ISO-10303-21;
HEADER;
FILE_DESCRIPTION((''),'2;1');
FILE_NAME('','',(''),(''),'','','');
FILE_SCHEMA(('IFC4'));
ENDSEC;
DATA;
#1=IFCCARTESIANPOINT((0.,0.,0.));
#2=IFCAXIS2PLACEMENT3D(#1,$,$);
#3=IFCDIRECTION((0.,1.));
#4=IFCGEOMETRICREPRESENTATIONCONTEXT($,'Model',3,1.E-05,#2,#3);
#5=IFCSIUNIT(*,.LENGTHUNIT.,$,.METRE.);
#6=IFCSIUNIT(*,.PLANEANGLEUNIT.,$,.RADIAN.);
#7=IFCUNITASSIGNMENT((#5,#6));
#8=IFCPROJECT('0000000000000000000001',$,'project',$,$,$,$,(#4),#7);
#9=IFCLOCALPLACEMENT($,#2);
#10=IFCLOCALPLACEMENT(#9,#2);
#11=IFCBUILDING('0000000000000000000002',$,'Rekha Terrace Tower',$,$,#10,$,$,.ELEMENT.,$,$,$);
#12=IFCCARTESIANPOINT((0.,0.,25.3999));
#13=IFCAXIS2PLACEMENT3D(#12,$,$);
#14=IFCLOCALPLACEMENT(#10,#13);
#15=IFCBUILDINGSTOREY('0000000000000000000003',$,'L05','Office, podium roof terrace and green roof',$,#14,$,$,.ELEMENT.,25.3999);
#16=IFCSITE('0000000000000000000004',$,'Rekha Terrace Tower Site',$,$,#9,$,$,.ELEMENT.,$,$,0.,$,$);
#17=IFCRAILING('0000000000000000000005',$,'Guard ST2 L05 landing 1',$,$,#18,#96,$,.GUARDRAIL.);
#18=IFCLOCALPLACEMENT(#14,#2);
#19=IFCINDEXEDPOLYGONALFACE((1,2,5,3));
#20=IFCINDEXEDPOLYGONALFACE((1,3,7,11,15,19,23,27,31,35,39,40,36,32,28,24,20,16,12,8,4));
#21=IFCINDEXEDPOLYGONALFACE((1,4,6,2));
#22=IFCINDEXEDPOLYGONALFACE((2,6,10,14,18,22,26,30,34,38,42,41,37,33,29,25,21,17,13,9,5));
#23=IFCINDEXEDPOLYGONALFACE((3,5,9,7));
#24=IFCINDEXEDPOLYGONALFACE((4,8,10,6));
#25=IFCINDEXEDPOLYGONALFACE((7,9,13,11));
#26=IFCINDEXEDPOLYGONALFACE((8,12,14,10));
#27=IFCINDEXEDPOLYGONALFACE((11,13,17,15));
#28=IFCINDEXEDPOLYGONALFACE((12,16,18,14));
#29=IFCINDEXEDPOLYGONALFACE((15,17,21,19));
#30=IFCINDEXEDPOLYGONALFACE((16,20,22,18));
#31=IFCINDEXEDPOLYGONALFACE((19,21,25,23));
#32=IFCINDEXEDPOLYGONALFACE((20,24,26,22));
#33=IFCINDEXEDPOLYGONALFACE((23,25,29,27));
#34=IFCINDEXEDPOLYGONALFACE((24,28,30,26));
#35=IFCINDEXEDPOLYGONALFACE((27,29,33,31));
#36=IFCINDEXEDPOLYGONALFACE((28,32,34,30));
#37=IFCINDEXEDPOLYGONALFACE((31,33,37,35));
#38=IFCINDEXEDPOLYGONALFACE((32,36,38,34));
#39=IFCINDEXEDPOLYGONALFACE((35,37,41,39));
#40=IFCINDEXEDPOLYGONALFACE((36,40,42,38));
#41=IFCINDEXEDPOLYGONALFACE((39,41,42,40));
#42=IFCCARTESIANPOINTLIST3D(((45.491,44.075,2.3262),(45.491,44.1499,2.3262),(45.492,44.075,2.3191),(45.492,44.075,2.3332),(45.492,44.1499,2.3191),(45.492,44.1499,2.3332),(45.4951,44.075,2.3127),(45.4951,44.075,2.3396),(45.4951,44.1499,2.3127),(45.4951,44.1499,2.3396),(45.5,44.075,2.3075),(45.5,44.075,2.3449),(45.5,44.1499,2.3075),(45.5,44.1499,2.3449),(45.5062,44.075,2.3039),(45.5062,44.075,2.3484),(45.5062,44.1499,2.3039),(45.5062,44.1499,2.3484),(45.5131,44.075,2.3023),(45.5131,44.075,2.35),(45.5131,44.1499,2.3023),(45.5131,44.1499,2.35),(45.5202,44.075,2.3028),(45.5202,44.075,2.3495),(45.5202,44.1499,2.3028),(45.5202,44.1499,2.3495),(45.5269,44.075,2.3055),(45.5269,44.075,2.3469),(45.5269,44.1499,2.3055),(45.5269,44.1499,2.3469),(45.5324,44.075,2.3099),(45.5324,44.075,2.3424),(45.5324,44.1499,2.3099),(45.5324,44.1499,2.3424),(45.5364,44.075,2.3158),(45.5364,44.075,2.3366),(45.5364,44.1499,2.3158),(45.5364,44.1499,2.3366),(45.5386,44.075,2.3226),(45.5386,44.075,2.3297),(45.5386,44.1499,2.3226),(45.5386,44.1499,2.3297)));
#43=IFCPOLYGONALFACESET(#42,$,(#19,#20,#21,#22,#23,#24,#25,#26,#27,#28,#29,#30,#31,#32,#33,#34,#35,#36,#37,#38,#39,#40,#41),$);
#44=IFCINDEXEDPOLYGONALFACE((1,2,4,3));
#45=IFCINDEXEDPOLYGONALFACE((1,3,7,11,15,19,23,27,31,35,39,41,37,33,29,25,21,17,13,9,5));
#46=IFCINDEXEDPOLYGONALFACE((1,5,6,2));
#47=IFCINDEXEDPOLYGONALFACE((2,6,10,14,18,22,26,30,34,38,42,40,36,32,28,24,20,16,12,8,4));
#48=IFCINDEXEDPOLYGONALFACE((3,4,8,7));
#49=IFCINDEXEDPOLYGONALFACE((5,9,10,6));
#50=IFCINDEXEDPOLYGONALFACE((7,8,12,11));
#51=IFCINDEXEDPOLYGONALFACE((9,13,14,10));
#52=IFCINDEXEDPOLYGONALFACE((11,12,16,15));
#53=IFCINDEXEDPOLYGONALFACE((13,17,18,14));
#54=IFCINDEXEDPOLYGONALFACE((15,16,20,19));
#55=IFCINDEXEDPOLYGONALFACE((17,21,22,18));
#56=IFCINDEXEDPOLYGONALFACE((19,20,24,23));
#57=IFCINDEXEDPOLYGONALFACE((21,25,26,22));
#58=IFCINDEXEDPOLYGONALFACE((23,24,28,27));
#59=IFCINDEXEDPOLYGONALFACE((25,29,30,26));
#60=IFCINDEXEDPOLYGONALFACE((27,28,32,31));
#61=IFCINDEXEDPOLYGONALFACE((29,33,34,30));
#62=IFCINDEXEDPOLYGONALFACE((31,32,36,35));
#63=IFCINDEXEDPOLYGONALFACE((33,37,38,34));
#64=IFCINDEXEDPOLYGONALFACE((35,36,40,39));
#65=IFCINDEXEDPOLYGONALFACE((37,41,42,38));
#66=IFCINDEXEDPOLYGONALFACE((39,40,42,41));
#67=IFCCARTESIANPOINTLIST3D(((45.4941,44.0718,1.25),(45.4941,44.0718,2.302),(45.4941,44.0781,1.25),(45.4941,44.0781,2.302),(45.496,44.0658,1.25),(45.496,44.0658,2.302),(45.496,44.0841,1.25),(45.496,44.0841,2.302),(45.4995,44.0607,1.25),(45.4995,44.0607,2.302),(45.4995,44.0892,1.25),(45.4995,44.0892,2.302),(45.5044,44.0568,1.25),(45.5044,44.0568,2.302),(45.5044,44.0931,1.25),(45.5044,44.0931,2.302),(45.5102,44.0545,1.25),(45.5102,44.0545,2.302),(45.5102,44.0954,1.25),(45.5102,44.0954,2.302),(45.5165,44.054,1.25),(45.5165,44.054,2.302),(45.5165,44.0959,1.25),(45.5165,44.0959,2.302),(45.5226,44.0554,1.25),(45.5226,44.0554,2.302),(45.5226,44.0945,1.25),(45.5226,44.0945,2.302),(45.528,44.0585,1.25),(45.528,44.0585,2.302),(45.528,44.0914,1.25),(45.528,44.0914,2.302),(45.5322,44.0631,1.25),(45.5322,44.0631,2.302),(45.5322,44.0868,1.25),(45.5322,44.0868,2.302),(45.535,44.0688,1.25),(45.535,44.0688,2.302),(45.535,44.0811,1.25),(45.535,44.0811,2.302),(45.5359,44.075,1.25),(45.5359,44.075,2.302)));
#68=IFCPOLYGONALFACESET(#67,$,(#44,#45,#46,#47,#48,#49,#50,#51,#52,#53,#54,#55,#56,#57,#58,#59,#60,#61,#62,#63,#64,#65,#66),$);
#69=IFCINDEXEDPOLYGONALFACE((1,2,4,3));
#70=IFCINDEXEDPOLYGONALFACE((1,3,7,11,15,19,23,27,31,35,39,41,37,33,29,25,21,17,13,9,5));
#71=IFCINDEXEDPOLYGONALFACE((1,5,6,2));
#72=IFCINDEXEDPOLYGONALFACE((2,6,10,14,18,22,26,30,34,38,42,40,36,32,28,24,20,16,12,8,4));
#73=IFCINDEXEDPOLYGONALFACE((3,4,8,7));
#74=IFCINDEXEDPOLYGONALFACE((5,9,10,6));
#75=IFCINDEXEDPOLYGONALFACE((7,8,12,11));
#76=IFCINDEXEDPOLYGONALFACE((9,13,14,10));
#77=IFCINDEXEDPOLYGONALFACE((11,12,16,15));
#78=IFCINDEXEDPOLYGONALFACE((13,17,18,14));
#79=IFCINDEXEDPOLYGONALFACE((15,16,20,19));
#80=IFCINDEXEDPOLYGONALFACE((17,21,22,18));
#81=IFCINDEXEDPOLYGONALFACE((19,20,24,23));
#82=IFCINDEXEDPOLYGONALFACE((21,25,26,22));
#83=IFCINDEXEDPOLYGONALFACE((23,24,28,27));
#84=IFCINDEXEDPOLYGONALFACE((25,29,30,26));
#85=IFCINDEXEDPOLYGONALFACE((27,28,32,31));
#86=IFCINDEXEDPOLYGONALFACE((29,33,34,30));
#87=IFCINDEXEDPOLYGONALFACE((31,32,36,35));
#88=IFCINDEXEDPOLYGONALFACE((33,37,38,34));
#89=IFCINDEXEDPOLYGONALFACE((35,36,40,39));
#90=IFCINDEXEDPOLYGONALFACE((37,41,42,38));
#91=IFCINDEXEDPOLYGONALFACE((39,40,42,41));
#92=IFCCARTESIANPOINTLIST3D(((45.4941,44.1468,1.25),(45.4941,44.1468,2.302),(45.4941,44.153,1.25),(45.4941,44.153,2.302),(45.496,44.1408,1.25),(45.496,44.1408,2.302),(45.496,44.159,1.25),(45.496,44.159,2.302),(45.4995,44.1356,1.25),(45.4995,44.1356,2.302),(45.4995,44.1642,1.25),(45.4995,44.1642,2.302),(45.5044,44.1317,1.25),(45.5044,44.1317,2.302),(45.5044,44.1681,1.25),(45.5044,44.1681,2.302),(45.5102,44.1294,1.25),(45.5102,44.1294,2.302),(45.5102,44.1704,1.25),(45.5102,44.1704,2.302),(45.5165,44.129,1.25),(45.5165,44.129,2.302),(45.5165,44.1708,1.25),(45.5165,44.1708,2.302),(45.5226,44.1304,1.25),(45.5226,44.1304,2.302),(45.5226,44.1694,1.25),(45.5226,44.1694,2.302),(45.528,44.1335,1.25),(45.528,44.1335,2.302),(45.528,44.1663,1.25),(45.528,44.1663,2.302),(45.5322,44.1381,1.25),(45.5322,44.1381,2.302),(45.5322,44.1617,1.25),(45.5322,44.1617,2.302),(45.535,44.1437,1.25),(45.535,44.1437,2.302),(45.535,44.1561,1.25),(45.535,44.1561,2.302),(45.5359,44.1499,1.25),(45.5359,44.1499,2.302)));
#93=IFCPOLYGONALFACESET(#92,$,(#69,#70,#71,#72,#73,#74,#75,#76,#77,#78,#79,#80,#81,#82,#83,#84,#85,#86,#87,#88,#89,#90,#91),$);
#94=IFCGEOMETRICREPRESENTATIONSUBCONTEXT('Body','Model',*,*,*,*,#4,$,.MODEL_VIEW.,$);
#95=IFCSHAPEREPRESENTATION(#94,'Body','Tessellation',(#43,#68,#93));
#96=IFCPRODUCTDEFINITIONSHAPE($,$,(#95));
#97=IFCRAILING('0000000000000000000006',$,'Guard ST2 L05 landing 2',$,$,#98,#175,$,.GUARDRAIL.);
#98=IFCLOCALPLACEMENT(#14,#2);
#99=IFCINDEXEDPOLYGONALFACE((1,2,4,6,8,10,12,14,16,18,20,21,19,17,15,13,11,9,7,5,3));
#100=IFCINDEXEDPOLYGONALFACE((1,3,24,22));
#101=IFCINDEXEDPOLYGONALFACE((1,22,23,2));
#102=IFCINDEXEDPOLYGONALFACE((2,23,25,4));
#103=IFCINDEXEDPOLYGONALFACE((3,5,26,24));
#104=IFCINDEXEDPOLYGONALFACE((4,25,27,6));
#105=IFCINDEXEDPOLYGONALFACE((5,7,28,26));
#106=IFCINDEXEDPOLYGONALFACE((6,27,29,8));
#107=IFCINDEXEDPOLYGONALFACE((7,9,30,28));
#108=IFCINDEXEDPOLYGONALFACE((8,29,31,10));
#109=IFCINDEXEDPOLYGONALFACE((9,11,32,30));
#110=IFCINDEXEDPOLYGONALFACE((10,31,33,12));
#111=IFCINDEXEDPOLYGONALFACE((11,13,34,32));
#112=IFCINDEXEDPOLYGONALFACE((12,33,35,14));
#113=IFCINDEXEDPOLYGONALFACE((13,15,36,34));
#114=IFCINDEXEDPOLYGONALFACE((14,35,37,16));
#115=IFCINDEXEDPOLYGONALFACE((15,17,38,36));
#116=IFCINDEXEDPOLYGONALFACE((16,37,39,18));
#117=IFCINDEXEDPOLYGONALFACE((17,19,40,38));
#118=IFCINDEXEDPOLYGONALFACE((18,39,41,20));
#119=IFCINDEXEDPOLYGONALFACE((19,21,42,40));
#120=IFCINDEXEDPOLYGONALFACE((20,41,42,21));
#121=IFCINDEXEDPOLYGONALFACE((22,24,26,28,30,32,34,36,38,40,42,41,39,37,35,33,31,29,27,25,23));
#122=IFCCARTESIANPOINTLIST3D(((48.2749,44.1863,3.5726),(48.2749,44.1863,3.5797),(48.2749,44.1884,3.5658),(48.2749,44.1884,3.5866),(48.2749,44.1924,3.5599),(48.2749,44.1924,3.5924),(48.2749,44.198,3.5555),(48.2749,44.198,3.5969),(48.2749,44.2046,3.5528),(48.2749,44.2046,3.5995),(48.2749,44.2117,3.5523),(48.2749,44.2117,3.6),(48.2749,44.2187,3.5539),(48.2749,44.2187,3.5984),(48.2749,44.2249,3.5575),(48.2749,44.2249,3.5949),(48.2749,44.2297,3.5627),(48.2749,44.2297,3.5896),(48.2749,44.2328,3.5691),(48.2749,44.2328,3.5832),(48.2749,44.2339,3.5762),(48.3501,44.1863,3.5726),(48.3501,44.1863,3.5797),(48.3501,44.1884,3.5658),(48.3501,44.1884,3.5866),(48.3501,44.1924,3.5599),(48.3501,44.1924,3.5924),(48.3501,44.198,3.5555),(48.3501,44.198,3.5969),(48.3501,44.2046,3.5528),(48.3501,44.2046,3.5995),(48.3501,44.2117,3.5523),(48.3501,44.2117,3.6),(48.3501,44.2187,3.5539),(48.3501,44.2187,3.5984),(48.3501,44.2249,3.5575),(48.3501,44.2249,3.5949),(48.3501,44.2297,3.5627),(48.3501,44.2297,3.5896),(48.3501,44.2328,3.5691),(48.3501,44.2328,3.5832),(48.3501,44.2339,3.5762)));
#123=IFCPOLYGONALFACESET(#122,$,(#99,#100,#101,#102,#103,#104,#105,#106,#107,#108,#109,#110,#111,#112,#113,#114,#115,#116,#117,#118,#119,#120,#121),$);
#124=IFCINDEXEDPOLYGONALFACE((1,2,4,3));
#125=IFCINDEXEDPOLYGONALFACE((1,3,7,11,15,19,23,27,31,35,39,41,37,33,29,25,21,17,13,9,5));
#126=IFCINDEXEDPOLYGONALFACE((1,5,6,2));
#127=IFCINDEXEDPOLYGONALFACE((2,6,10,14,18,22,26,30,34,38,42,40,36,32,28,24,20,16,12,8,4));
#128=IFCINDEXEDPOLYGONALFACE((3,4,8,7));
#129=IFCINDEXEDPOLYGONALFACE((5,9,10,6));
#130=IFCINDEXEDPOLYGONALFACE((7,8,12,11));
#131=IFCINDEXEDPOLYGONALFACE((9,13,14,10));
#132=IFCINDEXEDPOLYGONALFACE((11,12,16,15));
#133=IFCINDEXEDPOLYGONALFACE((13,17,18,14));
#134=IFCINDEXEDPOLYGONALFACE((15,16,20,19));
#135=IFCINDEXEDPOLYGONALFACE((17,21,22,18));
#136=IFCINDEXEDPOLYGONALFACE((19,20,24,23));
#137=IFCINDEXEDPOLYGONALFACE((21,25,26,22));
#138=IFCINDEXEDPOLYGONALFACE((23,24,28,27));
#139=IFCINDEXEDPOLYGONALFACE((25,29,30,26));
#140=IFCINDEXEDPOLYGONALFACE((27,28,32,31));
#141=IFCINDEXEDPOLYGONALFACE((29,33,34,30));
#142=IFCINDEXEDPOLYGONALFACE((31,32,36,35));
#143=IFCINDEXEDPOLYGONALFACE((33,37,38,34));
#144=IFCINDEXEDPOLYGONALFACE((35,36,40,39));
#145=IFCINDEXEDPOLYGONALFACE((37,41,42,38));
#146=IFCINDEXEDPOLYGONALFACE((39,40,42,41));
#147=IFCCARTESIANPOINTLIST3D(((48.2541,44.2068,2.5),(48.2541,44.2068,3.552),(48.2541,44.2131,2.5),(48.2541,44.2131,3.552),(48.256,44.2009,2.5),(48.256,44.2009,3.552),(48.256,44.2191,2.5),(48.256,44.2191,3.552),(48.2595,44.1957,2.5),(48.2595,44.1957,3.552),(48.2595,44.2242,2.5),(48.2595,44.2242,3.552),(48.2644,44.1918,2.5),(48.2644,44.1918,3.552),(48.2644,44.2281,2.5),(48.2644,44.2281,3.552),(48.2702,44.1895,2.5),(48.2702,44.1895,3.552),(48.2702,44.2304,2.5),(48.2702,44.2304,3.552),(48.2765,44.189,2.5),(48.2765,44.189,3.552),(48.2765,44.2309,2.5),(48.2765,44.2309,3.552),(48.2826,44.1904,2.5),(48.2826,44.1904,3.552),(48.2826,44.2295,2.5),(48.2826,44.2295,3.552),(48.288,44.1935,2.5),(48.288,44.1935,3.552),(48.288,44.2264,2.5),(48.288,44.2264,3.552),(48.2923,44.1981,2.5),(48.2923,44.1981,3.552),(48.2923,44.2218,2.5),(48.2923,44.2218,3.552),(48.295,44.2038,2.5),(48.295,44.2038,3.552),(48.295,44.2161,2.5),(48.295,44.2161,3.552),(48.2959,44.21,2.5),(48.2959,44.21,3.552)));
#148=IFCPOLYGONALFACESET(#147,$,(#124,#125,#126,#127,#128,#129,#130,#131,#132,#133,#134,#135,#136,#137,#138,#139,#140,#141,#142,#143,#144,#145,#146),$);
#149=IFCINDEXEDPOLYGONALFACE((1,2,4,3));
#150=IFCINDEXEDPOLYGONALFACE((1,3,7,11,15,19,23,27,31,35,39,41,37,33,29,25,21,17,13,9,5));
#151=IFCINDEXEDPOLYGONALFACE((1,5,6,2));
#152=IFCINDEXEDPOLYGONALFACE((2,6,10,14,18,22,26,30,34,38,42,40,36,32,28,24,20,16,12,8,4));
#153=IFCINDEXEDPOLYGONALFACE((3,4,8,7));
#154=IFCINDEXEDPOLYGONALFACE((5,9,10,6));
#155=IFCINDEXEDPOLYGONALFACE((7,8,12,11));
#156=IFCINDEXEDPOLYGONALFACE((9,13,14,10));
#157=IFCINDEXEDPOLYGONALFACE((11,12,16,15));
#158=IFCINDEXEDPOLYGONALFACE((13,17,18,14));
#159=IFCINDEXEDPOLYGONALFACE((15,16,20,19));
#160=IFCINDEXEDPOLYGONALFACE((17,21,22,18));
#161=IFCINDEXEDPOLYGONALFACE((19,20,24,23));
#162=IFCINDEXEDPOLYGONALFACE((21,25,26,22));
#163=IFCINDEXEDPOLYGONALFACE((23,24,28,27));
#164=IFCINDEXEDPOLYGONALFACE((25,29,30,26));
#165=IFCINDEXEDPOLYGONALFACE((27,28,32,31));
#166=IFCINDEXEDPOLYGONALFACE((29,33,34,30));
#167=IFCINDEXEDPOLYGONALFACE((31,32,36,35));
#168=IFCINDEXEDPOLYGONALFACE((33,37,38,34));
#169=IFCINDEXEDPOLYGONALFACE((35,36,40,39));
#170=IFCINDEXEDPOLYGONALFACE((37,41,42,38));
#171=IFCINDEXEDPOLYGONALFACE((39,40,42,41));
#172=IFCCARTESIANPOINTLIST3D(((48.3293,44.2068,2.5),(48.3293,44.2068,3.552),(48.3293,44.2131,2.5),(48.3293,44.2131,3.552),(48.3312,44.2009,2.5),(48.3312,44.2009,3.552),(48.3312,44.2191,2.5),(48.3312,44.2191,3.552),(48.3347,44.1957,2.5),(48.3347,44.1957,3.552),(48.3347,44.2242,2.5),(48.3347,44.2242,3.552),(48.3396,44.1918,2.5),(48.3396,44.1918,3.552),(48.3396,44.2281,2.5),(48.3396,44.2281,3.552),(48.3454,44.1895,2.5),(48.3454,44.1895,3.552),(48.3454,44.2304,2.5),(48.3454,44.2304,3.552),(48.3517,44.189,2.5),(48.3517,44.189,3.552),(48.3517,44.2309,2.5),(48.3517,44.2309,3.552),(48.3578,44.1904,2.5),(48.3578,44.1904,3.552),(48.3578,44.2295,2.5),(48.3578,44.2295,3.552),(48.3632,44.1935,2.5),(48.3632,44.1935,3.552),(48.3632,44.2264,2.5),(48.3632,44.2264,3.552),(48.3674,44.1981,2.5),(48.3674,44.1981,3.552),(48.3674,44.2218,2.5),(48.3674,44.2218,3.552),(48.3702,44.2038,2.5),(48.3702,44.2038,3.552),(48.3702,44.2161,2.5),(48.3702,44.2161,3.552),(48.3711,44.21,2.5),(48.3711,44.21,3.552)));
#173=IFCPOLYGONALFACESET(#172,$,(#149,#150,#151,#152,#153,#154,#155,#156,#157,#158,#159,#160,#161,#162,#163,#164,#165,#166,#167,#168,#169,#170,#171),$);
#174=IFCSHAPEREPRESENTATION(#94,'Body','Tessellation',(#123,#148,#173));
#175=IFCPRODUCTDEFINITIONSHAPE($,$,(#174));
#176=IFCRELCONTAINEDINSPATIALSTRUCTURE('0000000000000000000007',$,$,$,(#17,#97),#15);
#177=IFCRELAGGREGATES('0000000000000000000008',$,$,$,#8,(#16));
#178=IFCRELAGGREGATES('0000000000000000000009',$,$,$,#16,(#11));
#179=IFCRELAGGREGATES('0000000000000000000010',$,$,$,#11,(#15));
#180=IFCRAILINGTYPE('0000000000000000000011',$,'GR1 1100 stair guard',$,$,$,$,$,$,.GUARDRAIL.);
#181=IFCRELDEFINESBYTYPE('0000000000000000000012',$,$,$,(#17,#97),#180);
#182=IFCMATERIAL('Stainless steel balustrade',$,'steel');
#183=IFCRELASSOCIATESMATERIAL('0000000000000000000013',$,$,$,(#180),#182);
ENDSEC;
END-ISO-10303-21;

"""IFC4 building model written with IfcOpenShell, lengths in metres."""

from ifc_helpers import new_model, si_unit, direction, frame, origin, origin_2d, place, context, subcontext, project, spatial, circle, extrude, material, type_object, element, save


model = new_model("IFC4")

# Units and contexts
model_context = context("Model", 3, precision=1e-05, world=origin(), true_north=direction((0.0, 1.0)))
body_context = subcontext(model_context, "Body", "Model", "MODEL_VIEW")
ifc_project = project(units=[si_unit("LENGTHUNIT", "METRE"), si_unit("PLANEANGLEUNIT", "RADIAN")], contexts=[model_context])

# Site, building, storey
site_placement = place(None, origin())
site = spatial("IfcSite", under=ifc_project, at=site_placement, Name="Rekha Terrace Tower Site", CompositionType="ELEMENT", RefElevation=0.0)
building_placement = place(site_placement, origin())
building = spatial("IfcBuilding", under=site, at=building_placement, Name="Rekha Terrace Tower", CompositionType="ELEMENT")
storey_placement = place(building_placement, frame((0.0, 0.0, 25.3999)))
storey = spatial("IfcBuildingStorey", under=building, at=storey_placement, Name="L05", Description="Office, podium roof terrace and green roof", CompositionType="ELEMENT", Elevation=25.3999)

# Railings
ifc_material_1 = material(Name="Stainless steel balustrade", Category="steel")
railing_type_1 = type_object("IfcRailingType", Name="GR1 1100 stair guard", PredefinedType="GUARDRAIL", material=ifc_material_1)
railing_1_placement = place(storey_placement, frame((45.5149, 44.075, 1.25)))
element("IfcRailing", 1, at=railing_1_placement, inside=storey, type_object=railing_type_1, Name="Guard ST2 L05 landing 1", PredefinedType="GUARDRAIL", context=body_context, shape_type="SweptSolid", body=[
    extrude(circle(Radius=0.0239, at=origin_2d()), frame((0.0, 0.0, 1.0762), z_axis=(0.0, 1.0, 0.0), x_axis=(-1.0, 0.0, 0.0)), (0.0, 0.0, 1.0), 0.075),
    extrude(circle(Radius=0.021, at=origin_2d()), origin(), (0.0, 0.0, 1.0), 1.052),
    extrude(circle(Radius=0.021, at=origin_2d()), frame((0.0, 0.075, 0.0)), (0.0, 0.0, 1.0), 1.052),
])
railing_2_placement = place(storey_placement, frame((48.2749, 44.21, 2.5)))
element("IfcRailing", 2, at=railing_2_placement, inside=storey, type_object=railing_type_1, Name="Guard ST2 L05 landing 2", PredefinedType="GUARDRAIL", context=body_context, shape_type="SweptSolid", body=[
    extrude(circle(Radius=0.0239, at=origin_2d()), frame((0.0, 0.0, 1.0762), z_axis=(1.0, 0.0, 0.0), x_axis=(0.0, 1.0, 0.0)), (0.0, 0.0, 1.0), 0.0752),
    extrude(circle(Radius=0.021, at=origin_2d()), origin(), (0.0, 0.0, 1.0), 1.052),
    extrude(circle(Radius=0.021, at=origin_2d()), frame((0.0752, 0.0, 0.0)), (0.0, 0.0, 1.0), 1.052),
])

save(model, "model.ifc")
